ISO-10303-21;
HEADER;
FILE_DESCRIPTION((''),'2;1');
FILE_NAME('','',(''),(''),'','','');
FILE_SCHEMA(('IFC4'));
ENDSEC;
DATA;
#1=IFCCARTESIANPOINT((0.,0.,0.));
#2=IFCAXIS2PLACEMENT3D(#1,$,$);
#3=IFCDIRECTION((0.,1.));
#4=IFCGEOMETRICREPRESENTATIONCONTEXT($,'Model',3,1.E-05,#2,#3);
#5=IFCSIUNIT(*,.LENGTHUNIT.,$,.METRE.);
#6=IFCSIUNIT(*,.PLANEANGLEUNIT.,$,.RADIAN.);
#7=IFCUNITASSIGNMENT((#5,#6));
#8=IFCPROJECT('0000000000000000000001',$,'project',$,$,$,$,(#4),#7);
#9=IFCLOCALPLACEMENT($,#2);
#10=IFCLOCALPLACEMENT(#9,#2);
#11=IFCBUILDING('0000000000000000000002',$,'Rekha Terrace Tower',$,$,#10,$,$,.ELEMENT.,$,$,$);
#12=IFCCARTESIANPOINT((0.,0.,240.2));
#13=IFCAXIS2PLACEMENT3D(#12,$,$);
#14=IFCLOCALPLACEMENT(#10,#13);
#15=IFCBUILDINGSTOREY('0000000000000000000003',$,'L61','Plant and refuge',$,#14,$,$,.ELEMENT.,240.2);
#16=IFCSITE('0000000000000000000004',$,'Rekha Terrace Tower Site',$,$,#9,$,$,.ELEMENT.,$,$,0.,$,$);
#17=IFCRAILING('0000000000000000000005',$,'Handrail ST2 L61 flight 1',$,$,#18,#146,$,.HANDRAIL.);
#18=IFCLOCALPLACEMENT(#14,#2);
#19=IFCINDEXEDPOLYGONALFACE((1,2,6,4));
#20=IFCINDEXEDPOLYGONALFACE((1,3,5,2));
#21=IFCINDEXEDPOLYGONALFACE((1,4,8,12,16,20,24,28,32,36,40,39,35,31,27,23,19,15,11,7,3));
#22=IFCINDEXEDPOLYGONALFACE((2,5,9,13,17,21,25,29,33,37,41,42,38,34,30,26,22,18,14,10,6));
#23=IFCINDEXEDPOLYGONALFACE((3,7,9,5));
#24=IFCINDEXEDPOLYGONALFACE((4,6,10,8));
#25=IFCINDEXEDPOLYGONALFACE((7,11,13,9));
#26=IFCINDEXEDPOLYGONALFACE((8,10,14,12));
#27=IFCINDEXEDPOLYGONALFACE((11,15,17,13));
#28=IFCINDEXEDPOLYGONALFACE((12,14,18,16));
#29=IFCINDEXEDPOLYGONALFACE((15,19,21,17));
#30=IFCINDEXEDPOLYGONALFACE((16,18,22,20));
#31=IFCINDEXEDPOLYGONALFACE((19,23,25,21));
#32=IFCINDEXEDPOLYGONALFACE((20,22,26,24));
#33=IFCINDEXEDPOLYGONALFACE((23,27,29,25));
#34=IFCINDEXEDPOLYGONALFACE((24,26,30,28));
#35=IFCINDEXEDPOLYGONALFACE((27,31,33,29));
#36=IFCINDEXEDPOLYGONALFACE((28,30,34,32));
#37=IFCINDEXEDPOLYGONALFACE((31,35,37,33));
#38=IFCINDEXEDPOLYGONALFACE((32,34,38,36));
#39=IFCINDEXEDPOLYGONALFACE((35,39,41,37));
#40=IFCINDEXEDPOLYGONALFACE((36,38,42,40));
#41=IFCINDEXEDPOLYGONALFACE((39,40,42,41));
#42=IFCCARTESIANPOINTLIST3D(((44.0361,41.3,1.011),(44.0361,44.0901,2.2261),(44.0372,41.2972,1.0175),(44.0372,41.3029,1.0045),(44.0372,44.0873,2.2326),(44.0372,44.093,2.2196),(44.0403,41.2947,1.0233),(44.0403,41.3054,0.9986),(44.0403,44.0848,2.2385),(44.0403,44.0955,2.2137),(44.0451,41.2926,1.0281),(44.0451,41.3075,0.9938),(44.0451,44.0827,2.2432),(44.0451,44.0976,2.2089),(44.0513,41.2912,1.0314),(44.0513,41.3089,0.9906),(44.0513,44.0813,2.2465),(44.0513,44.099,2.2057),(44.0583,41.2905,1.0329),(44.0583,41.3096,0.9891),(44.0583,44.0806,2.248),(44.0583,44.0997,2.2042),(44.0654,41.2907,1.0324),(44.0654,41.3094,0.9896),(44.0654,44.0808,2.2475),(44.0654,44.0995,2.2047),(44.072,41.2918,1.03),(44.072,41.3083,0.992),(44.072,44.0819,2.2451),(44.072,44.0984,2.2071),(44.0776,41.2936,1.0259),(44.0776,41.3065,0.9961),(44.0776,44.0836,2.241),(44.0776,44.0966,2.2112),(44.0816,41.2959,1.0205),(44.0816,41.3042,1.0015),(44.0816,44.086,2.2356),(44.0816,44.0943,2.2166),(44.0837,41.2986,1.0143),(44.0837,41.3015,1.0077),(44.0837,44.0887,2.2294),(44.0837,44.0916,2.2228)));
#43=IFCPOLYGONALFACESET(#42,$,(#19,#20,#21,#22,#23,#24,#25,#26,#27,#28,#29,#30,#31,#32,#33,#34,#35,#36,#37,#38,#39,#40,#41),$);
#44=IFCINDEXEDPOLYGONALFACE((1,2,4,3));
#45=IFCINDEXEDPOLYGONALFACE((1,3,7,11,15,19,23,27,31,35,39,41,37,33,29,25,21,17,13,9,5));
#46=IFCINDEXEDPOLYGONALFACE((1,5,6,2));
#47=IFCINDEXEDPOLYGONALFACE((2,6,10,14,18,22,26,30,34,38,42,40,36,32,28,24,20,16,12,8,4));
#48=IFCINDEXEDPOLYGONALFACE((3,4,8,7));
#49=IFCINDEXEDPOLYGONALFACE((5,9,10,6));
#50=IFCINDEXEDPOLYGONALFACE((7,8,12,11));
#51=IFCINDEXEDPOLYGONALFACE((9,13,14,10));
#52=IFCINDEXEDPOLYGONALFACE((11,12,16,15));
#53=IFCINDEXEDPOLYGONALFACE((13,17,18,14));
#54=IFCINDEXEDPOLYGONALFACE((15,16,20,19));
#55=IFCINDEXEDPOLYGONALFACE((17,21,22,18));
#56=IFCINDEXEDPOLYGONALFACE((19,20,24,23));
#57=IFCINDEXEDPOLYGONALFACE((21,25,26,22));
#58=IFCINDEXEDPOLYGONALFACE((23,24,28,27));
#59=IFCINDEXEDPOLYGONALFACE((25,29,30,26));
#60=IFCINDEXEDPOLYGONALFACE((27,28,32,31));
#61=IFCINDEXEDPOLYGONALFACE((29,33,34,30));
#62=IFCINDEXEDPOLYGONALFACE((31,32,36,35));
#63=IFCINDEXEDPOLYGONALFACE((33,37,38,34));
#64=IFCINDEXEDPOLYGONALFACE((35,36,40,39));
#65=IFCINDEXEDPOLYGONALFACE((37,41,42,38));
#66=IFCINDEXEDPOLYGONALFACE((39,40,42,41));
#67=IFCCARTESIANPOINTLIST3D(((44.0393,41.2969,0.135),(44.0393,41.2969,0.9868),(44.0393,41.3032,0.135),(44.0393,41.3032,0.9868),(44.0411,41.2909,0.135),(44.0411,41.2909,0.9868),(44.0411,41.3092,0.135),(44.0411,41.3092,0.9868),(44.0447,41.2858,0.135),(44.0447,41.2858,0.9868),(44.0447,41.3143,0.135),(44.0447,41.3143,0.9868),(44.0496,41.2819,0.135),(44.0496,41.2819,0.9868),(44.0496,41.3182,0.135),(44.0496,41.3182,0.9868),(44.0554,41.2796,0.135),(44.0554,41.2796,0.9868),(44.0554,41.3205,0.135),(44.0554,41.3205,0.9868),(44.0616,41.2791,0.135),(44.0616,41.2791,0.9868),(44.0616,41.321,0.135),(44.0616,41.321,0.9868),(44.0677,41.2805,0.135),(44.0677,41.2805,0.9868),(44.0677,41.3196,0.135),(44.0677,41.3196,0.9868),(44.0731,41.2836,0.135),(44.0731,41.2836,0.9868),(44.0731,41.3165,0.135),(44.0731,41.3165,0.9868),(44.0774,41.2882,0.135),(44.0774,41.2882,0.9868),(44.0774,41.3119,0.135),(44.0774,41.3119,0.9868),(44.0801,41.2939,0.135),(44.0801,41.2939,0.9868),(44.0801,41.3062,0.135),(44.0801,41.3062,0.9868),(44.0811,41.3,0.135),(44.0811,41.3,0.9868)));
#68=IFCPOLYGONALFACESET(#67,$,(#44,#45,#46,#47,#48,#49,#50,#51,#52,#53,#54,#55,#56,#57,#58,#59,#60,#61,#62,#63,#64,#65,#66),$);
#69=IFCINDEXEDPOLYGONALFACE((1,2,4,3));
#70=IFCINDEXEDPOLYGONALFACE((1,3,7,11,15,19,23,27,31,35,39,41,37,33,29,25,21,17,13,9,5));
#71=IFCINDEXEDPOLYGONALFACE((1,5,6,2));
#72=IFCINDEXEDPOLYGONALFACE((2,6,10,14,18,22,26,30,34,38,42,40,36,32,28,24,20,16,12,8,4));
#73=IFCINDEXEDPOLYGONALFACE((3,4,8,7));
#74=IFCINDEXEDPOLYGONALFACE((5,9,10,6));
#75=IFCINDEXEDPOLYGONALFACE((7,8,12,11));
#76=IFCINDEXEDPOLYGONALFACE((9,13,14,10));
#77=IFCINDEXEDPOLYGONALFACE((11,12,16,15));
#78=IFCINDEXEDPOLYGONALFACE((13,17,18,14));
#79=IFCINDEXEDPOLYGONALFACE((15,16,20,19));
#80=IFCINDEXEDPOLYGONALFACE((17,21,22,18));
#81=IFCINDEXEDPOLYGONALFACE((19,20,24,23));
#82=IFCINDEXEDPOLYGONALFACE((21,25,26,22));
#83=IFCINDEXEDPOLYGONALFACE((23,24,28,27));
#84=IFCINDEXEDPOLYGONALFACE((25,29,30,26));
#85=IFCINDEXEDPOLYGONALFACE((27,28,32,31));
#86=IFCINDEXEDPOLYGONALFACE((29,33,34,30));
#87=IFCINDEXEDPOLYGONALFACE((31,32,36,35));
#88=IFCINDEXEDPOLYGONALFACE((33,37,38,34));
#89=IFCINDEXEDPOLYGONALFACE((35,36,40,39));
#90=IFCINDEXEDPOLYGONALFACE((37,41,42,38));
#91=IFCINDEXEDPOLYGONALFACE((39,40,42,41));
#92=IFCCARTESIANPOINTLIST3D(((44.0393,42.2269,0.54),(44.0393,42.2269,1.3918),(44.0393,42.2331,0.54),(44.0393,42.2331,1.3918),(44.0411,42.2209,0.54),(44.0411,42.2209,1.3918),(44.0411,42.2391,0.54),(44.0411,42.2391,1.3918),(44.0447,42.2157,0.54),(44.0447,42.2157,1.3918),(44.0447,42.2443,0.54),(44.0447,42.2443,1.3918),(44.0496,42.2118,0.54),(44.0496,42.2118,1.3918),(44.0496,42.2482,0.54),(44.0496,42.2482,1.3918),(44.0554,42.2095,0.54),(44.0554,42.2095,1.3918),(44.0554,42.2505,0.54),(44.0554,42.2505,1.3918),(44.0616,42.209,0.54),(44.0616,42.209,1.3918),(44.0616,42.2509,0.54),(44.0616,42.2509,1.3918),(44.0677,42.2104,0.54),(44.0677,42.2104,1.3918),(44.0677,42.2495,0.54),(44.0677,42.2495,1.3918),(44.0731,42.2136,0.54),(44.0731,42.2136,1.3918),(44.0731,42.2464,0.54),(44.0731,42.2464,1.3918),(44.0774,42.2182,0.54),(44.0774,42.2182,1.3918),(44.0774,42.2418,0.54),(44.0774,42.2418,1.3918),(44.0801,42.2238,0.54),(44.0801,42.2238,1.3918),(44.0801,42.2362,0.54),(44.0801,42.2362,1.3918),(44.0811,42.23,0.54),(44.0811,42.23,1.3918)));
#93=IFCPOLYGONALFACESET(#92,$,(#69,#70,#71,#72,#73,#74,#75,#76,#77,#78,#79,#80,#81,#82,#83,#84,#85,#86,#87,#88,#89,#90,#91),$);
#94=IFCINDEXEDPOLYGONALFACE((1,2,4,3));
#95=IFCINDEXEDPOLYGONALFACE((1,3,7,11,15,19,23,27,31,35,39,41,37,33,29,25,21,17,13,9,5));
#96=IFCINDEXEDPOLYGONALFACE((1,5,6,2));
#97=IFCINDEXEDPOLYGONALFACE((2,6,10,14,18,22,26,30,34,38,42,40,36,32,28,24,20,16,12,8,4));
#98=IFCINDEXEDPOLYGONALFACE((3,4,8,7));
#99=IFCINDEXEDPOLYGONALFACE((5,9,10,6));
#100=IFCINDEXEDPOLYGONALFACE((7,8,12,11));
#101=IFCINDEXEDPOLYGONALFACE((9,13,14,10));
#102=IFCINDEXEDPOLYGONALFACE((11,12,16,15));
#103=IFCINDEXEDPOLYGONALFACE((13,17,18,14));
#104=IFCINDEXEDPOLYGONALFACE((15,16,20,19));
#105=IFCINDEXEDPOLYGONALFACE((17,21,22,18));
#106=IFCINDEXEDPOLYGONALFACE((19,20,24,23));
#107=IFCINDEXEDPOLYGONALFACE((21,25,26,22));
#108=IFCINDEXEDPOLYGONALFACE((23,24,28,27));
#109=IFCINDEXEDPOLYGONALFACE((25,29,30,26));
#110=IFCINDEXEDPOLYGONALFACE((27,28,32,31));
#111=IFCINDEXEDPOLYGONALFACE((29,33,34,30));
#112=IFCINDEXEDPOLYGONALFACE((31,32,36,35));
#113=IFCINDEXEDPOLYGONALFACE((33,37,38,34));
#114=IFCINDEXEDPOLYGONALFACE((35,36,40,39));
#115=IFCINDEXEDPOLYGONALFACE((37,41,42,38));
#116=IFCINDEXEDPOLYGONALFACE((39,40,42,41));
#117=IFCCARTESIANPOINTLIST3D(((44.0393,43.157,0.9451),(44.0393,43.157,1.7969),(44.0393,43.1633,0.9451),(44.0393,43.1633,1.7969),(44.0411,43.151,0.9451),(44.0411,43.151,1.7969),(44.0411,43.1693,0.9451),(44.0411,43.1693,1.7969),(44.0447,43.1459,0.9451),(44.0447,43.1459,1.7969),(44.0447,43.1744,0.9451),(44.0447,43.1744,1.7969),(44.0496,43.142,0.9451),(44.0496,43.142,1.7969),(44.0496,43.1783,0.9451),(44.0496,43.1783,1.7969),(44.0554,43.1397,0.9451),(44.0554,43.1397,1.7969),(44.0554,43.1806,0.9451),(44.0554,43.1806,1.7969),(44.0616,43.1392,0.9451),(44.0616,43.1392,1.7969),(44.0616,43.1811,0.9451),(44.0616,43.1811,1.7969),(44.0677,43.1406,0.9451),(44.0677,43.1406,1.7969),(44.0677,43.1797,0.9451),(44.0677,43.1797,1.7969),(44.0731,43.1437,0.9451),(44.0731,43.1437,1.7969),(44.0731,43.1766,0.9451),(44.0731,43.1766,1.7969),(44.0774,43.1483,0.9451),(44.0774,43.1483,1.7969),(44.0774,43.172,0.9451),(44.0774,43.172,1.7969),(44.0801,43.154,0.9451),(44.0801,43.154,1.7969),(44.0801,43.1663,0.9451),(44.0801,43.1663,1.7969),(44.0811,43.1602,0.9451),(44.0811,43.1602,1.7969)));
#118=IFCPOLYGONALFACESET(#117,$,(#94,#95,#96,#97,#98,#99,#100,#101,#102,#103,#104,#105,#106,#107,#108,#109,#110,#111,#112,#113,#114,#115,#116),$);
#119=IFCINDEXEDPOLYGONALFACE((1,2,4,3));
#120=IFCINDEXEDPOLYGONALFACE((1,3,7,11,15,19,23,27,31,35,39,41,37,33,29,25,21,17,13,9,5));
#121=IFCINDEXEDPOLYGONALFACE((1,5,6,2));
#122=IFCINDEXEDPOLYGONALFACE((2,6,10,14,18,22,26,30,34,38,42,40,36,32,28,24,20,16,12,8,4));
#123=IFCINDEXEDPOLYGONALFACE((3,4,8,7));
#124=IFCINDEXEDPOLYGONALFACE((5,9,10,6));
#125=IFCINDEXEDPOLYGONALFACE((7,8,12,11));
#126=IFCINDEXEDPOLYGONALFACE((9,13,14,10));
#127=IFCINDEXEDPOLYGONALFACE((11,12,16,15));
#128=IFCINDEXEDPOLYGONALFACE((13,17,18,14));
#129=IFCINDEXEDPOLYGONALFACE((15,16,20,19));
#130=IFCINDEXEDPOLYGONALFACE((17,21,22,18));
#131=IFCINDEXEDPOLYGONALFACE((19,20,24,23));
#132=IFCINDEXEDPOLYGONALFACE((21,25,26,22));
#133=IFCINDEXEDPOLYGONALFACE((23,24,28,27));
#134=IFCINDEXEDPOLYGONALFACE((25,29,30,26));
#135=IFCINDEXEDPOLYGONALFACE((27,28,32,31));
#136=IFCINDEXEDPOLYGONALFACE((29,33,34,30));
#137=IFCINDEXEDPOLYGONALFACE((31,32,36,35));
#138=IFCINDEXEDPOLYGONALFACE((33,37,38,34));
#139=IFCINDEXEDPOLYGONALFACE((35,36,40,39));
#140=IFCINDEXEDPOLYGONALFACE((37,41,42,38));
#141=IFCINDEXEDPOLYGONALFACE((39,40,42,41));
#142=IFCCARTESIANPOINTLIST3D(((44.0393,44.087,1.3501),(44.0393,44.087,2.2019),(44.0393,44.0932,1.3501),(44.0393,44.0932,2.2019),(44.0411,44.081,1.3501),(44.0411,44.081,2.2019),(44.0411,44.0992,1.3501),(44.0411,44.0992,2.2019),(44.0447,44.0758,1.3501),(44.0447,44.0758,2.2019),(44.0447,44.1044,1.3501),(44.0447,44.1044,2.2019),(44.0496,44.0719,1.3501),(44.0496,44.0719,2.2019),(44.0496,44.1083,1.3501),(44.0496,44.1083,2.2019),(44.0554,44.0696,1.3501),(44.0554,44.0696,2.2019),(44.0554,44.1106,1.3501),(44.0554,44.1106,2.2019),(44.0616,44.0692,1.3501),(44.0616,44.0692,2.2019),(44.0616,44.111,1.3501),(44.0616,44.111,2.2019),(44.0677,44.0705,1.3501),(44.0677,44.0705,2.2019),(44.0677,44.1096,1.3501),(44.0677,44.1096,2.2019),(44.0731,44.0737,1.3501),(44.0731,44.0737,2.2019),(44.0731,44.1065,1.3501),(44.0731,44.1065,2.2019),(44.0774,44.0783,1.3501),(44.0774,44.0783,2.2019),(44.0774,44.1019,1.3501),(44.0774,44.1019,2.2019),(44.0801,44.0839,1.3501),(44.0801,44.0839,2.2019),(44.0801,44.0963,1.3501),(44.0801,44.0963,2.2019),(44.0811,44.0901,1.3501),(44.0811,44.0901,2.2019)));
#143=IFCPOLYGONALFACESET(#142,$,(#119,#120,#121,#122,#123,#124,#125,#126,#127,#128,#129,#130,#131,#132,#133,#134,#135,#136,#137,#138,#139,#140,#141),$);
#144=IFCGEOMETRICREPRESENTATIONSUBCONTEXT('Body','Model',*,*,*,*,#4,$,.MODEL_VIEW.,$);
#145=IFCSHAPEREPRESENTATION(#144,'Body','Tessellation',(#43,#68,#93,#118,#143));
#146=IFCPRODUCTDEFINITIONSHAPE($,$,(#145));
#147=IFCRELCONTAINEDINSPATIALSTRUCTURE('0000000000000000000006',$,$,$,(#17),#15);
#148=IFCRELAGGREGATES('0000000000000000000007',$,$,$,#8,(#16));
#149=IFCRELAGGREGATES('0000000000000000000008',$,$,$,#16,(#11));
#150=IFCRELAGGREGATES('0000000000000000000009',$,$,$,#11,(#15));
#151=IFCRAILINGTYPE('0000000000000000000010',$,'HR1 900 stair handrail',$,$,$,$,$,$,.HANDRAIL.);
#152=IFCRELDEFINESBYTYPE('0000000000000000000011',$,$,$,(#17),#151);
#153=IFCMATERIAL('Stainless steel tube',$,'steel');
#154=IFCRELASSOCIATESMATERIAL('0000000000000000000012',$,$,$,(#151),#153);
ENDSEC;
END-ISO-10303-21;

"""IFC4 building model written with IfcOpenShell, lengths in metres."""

from ifc_helpers import new_model, si_unit, direction, frame, origin, origin_2d, place, context, subcontext, project, spatial, circle, extrude, material, type_object, element, save


model = new_model("IFC4")

# Units and contexts
model_context = context("Model", 3, precision=1e-05, world=origin(), true_north=direction((0.0, 1.0)))
body_context = subcontext(model_context, "Body", "Model", "MODEL_VIEW")
ifc_project = project(units=[si_unit("LENGTHUNIT", "METRE"), si_unit("PLANEANGLEUNIT", "RADIAN")], contexts=[model_context])

# Site, building, storey
site_placement = place(None, origin())
site = spatial("IfcSite", under=ifc_project, at=site_placement, Name="Rekha Terrace Tower Site", CompositionType="ELEMENT", RefElevation=0.0)
building_placement = place(site_placement, origin())
building = spatial("IfcBuilding", under=site, at=building_placement, Name="Rekha Terrace Tower", CompositionType="ELEMENT")
storey_placement = place(building_placement, frame((0.0, 0.0, 240.2)))
storey = spatial("IfcBuildingStorey", under=building, at=storey_placement, Name="L61", Description="Plant and refuge", CompositionType="ELEMENT", Elevation=240.2)

# Railing
ifc_material_1 = material(Name="Stainless steel tube", Category="steel")
railing_type_1 = type_object("IfcRailingType", Name="HR1 900 stair handrail", PredefinedType="HANDRAIL", material=ifc_material_1)
railing_1_placement = place(storey_placement, frame((44.0601, 41.3, 0.135)))
element("IfcRailing", 1, at=railing_1_placement, inside=storey, type_object=railing_type_1, Name="Handrail ST2 L61 flight 1", PredefinedType="HANDRAIL", context=body_context, shape_type="SweptSolid", body=[
    extrude(circle(Radius=0.0239, at=origin_2d()), frame((0.0, 0.0, 0.876), z_axis=(0.0, 0.916826, 0.399286), x_axis=(-1.0, 0.0, 0.0)), (0.0, 0.0, 1.0), 3.0432),
    extrude(circle(Radius=0.021, at=origin_2d()), origin(), (0.0, 0.0, 1.0), 0.8518),
    extrude(circle(Radius=0.021, at=origin_2d()), frame((0.0, 0.9299, 0.405)), (0.0, 0.0, 1.0), 0.8518),
    extrude(circle(Radius=0.021, at=origin_2d()), frame((0.0, 1.8601, 0.8101)), (0.0, 0.0, 1.0), 0.8518),
    extrude(circle(Radius=0.021, at=origin_2d()), frame((0.0, 2.79, 1.2151)), (0.0, 0.0, 1.0), 0.8518),
])

save(model, "model.ifc")
